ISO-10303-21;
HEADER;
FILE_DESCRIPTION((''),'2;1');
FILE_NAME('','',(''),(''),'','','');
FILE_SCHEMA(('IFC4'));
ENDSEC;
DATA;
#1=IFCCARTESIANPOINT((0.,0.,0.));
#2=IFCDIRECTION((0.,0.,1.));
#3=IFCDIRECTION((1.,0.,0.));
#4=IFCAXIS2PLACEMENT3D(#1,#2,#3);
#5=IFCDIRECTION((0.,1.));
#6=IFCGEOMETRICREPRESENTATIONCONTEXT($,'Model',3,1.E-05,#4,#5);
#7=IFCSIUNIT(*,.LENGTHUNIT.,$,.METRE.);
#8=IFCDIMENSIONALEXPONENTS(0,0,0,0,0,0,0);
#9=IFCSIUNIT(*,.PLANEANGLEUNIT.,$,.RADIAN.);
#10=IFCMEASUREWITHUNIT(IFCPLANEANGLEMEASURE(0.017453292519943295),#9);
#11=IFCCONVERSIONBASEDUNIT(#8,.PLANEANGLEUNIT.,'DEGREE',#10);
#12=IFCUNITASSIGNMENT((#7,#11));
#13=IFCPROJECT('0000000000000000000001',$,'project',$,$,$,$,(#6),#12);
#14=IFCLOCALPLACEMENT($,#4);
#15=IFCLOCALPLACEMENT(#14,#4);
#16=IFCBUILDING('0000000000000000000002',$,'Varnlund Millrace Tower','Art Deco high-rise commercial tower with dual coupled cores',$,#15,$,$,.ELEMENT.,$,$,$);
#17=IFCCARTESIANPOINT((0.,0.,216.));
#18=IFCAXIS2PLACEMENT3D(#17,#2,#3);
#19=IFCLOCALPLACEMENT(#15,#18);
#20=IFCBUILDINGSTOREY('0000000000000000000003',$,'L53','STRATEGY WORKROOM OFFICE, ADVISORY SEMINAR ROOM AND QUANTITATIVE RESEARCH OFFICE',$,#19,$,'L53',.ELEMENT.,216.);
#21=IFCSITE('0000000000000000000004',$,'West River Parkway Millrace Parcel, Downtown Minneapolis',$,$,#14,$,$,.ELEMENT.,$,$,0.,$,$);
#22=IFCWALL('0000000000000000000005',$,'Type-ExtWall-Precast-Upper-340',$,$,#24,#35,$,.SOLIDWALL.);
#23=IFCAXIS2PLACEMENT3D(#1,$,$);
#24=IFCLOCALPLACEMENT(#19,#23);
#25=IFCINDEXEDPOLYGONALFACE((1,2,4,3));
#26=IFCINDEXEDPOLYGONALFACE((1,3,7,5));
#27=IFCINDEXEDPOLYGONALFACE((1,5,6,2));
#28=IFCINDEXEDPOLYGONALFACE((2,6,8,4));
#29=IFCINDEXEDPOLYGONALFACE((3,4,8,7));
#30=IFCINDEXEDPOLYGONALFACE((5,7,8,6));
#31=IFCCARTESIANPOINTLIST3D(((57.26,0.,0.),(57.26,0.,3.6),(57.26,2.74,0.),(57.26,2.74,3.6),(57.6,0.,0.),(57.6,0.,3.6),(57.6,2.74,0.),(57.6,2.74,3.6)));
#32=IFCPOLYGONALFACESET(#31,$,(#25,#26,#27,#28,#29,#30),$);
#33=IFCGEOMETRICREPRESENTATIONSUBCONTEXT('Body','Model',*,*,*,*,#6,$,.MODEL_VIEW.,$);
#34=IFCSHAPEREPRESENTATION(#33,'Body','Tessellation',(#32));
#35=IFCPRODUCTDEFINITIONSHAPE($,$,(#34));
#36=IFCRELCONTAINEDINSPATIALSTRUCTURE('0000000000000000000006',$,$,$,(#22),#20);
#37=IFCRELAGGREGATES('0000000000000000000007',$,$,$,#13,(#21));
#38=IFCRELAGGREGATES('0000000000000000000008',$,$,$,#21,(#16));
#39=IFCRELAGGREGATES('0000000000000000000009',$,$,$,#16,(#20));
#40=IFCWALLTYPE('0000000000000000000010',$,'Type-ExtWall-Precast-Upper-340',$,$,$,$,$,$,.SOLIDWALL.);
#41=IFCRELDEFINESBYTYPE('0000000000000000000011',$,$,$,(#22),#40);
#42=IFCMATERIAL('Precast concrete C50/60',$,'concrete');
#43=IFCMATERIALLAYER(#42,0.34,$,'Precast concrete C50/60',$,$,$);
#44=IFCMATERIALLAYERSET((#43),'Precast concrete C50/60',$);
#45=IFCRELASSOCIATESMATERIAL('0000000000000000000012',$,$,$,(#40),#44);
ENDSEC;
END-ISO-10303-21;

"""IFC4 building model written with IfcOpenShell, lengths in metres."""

from ifc_helpers import new_model, entity, si_unit, converted_unit, direction, frame, origin_with_axes, place, context, subcontext, project, spatial, polyline, outline, extrude, material, layer, layer_set, type_object, element, save


model = new_model("IFC4")

# Units and contexts
model_context = context("Model", 3, precision=1e-05, world=origin_with_axes(), true_north=direction((0.0, 1.0)))
body_context = subcontext(model_context, "Body", "Model", "MODEL_VIEW")
ifc_project = project(units=[si_unit("LENGTHUNIT", "METRE"), converted_unit("PLANEANGLEUNIT", "DEGREE", entity("IfcPlaneAngleMeasure", 0.017453292519943295), si_unit("PLANEANGLEUNIT", "RADIAN"), dimensions=[0, 0, 0, 0, 0, 0, 0])], contexts=[model_context])

# Site, building, storey
site_placement = place(None, origin_with_axes())
site = spatial("IfcSite", under=ifc_project, at=site_placement, Name="West River Parkway Millrace Parcel, Downtown Minneapolis", CompositionType="ELEMENT", RefElevation=0.0)
building_placement = place(site_placement, origin_with_axes())
building = spatial("IfcBuilding", under=site, at=building_placement, Name="Varnlund Millrace Tower", Description="Art Deco high-rise commercial tower with dual coupled cores", CompositionType="ELEMENT")
storey_placement = place(building_placement, frame((0.0, 0.0, 216.0), z_axis=(0.0, 0.0, 1.0), x_axis=(1.0, 0.0, 0.0)))
storey = spatial("IfcBuildingStorey", under=building, at=storey_placement, Name="L53", Description="STRATEGY WORKROOM OFFICE, ADVISORY SEMINAR ROOM AND QUANTITATIVE RESEARCH OFFICE", LongName="L53", CompositionType="ELEMENT", Elevation=216.0)

# Wall
ifc_material_1 = material(Name="Precast concrete C50/60", Category="concrete")
ifc_layer = layer(ifc_material_1, 0.34, Name="Precast concrete C50/60")
ifc_layer_set = layer_set([ifc_layer], Name="Precast concrete C50/60")
wall_type = type_object("IfcWallType", Name="Type-ExtWall-Precast-Upper-340", PredefinedType="SOLIDWALL", material=ifc_layer_set)
wall_1_placement = place(storey_placement, frame((57.43, 2.74, 0.0), z_axis=(0.0, 0.0, 1.0), x_axis=(0.0, -1.0, 0.0)))
element("IfcWall", 1, at=wall_1_placement, inside=storey, type_object=wall_type, Name="Type-ExtWall-Precast-Upper-340", PredefinedType="SOLIDWALL", context=body_context, shape_type="SweptSolid", body=[
    extrude(outline(polyline([(0.0, -0.17), (2.74, -0.17), (2.74, 0.17), (0.0, 0.17), (0.0, -0.17)])), origin_with_axes(), (0.0, 0.0, 1.0), 3.6),
])

save(model, "model.ifc")
